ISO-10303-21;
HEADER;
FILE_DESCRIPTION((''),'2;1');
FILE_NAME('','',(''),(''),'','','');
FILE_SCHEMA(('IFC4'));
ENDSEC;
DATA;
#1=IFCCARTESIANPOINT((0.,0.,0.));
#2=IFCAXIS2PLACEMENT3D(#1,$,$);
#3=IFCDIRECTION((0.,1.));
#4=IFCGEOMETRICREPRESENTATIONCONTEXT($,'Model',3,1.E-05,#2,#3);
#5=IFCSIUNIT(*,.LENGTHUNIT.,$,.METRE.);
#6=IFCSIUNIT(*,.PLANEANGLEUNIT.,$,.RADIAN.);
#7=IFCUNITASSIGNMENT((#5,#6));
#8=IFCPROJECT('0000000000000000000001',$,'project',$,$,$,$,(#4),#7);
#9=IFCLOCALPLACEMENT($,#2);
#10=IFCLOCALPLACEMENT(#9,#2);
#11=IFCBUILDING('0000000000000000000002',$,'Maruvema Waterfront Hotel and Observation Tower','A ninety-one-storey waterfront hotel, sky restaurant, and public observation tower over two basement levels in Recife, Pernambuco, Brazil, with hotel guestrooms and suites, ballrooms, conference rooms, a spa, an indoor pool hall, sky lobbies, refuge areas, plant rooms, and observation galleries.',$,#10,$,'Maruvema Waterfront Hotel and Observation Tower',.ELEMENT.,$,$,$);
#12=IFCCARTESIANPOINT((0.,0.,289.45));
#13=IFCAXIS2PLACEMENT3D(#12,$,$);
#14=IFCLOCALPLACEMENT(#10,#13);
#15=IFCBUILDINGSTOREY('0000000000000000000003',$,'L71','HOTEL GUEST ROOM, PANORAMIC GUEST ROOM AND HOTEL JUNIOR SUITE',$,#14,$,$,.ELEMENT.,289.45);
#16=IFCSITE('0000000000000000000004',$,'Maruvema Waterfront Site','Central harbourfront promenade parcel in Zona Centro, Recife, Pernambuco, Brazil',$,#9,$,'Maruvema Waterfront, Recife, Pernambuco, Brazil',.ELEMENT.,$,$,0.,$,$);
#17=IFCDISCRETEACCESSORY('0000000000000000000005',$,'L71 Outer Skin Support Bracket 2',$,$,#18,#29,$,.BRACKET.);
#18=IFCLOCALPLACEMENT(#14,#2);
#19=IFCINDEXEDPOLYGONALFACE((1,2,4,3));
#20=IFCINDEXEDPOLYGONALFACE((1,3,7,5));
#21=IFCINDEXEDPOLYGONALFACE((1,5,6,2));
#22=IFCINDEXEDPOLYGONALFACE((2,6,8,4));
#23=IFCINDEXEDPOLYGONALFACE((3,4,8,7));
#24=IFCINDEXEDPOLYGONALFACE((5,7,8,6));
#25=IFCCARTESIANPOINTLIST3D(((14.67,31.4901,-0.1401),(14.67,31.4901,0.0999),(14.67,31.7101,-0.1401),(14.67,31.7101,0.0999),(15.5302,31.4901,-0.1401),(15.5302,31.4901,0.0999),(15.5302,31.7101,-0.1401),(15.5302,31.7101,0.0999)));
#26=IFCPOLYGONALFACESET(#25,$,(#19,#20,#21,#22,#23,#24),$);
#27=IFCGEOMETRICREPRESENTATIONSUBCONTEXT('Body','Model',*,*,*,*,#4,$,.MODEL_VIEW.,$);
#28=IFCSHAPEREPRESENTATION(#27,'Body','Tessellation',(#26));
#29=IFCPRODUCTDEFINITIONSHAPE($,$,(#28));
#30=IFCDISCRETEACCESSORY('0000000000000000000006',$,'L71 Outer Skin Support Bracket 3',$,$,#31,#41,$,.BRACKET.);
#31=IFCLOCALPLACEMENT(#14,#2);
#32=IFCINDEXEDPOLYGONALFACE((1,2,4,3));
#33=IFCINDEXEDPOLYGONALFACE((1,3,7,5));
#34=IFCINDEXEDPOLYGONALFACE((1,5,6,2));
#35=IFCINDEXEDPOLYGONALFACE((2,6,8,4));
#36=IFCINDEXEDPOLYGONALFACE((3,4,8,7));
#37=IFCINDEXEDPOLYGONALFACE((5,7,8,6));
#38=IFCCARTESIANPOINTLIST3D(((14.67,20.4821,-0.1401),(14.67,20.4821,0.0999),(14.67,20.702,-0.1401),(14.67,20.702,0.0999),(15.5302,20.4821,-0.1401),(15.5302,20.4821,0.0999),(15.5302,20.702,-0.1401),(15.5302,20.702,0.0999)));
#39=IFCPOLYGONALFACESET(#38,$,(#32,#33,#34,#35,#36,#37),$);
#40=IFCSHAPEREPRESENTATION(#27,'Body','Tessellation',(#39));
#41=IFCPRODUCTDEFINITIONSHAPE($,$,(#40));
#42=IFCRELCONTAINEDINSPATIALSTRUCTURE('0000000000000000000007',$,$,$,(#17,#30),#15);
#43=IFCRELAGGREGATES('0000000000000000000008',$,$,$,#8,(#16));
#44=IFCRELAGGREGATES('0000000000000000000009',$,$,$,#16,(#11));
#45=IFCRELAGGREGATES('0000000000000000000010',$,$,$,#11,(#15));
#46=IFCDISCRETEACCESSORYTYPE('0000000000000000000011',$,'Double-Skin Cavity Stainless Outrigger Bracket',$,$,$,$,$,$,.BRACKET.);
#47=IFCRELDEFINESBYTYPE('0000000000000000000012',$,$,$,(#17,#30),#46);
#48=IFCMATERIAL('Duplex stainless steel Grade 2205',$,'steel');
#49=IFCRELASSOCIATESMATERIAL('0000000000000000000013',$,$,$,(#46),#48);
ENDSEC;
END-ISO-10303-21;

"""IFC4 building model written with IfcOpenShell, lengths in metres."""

from ifc_helpers import new_model, si_unit, direction, frame, origin, origin_2d, place, context, subcontext, project, spatial, rectangle, extrude, material, type_object, element, save


model = new_model("IFC4")

# Units and contexts
model_context = context("Model", 3, precision=1e-05, world=origin(), true_north=direction((0.0, 1.0)))
body_context = subcontext(model_context, "Body", "Model", "MODEL_VIEW")
ifc_project = project(units=[si_unit("LENGTHUNIT", "METRE"), si_unit("PLANEANGLEUNIT", "RADIAN")], contexts=[model_context])

# Site, building, storey
site_placement = place(None, origin())
site = spatial("IfcSite", under=ifc_project, at=site_placement, Name="Maruvema Waterfront Site", Description="Central harbourfront promenade parcel in Zona Centro, Recife, Pernambuco, Brazil", LongName="Maruvema Waterfront, Recife, Pernambuco, Brazil", CompositionType="ELEMENT", RefElevation=0.0)
building_placement = place(site_placement, origin())
building = spatial("IfcBuilding", under=site, at=building_placement, Name="Maruvema Waterfront Hotel and Observation Tower", Description="A ninety-one-storey waterfront hotel, sky restaurant, and public observation tower over two basement levels in Recife, Pernambuco, Brazil, with hotel guestrooms and suites, ballrooms, conference rooms, a spa, an indoor pool hall, sky lobbies, refuge areas, plant rooms, and observation galleries.", LongName="Maruvema Waterfront Hotel and Observation Tower", CompositionType="ELEMENT")
storey_placement = place(building_placement, frame((0.0, 0.0, 289.45)))
storey = spatial("IfcBuildingStorey", under=building, at=storey_placement, Name="L71", Description="HOTEL GUEST ROOM, PANORAMIC GUEST ROOM AND HOTEL JUNIOR SUITE", CompositionType="ELEMENT", Elevation=289.45)

# Discrete accessories
ifc_material_1 = material(Name="Duplex stainless steel Grade 2205", Category="steel")
discrete_accessory_type = type_object("IfcDiscreteAccessoryType", Name="Double-Skin Cavity Stainless Outrigger Bracket", PredefinedType="BRACKET", material=ifc_material_1)
for number, where, z_axis, x_axis, name in (
    (1, (15.1001, 31.6001, -0.1401), (0.0, 0.0, 1.0), (0.0, -1.0, 0.0), "L71 Outer Skin Support Bracket 2"),
    (2, (15.1001, 20.592, -0.1401), (0.0, 0.0, 1.0), (0.0, -1.0, 0.0), "L71 Outer Skin Support Bracket 3"),
):
    element("IfcDiscreteAccessory", number, at=place(storey_placement, frame(where, z_axis=z_axis, x_axis=x_axis)), inside=storey, type_object=discrete_accessory_type, Name=name, PredefinedType="BRACKET", context=body_context, shape_type="SweptSolid", body=[
        extrude(rectangle(XDim=0.22, YDim=0.8601, at=origin_2d()), origin(), (0.0, 0.0, 1.0), 0.24),
    ])

save(model, "model.ifc")
